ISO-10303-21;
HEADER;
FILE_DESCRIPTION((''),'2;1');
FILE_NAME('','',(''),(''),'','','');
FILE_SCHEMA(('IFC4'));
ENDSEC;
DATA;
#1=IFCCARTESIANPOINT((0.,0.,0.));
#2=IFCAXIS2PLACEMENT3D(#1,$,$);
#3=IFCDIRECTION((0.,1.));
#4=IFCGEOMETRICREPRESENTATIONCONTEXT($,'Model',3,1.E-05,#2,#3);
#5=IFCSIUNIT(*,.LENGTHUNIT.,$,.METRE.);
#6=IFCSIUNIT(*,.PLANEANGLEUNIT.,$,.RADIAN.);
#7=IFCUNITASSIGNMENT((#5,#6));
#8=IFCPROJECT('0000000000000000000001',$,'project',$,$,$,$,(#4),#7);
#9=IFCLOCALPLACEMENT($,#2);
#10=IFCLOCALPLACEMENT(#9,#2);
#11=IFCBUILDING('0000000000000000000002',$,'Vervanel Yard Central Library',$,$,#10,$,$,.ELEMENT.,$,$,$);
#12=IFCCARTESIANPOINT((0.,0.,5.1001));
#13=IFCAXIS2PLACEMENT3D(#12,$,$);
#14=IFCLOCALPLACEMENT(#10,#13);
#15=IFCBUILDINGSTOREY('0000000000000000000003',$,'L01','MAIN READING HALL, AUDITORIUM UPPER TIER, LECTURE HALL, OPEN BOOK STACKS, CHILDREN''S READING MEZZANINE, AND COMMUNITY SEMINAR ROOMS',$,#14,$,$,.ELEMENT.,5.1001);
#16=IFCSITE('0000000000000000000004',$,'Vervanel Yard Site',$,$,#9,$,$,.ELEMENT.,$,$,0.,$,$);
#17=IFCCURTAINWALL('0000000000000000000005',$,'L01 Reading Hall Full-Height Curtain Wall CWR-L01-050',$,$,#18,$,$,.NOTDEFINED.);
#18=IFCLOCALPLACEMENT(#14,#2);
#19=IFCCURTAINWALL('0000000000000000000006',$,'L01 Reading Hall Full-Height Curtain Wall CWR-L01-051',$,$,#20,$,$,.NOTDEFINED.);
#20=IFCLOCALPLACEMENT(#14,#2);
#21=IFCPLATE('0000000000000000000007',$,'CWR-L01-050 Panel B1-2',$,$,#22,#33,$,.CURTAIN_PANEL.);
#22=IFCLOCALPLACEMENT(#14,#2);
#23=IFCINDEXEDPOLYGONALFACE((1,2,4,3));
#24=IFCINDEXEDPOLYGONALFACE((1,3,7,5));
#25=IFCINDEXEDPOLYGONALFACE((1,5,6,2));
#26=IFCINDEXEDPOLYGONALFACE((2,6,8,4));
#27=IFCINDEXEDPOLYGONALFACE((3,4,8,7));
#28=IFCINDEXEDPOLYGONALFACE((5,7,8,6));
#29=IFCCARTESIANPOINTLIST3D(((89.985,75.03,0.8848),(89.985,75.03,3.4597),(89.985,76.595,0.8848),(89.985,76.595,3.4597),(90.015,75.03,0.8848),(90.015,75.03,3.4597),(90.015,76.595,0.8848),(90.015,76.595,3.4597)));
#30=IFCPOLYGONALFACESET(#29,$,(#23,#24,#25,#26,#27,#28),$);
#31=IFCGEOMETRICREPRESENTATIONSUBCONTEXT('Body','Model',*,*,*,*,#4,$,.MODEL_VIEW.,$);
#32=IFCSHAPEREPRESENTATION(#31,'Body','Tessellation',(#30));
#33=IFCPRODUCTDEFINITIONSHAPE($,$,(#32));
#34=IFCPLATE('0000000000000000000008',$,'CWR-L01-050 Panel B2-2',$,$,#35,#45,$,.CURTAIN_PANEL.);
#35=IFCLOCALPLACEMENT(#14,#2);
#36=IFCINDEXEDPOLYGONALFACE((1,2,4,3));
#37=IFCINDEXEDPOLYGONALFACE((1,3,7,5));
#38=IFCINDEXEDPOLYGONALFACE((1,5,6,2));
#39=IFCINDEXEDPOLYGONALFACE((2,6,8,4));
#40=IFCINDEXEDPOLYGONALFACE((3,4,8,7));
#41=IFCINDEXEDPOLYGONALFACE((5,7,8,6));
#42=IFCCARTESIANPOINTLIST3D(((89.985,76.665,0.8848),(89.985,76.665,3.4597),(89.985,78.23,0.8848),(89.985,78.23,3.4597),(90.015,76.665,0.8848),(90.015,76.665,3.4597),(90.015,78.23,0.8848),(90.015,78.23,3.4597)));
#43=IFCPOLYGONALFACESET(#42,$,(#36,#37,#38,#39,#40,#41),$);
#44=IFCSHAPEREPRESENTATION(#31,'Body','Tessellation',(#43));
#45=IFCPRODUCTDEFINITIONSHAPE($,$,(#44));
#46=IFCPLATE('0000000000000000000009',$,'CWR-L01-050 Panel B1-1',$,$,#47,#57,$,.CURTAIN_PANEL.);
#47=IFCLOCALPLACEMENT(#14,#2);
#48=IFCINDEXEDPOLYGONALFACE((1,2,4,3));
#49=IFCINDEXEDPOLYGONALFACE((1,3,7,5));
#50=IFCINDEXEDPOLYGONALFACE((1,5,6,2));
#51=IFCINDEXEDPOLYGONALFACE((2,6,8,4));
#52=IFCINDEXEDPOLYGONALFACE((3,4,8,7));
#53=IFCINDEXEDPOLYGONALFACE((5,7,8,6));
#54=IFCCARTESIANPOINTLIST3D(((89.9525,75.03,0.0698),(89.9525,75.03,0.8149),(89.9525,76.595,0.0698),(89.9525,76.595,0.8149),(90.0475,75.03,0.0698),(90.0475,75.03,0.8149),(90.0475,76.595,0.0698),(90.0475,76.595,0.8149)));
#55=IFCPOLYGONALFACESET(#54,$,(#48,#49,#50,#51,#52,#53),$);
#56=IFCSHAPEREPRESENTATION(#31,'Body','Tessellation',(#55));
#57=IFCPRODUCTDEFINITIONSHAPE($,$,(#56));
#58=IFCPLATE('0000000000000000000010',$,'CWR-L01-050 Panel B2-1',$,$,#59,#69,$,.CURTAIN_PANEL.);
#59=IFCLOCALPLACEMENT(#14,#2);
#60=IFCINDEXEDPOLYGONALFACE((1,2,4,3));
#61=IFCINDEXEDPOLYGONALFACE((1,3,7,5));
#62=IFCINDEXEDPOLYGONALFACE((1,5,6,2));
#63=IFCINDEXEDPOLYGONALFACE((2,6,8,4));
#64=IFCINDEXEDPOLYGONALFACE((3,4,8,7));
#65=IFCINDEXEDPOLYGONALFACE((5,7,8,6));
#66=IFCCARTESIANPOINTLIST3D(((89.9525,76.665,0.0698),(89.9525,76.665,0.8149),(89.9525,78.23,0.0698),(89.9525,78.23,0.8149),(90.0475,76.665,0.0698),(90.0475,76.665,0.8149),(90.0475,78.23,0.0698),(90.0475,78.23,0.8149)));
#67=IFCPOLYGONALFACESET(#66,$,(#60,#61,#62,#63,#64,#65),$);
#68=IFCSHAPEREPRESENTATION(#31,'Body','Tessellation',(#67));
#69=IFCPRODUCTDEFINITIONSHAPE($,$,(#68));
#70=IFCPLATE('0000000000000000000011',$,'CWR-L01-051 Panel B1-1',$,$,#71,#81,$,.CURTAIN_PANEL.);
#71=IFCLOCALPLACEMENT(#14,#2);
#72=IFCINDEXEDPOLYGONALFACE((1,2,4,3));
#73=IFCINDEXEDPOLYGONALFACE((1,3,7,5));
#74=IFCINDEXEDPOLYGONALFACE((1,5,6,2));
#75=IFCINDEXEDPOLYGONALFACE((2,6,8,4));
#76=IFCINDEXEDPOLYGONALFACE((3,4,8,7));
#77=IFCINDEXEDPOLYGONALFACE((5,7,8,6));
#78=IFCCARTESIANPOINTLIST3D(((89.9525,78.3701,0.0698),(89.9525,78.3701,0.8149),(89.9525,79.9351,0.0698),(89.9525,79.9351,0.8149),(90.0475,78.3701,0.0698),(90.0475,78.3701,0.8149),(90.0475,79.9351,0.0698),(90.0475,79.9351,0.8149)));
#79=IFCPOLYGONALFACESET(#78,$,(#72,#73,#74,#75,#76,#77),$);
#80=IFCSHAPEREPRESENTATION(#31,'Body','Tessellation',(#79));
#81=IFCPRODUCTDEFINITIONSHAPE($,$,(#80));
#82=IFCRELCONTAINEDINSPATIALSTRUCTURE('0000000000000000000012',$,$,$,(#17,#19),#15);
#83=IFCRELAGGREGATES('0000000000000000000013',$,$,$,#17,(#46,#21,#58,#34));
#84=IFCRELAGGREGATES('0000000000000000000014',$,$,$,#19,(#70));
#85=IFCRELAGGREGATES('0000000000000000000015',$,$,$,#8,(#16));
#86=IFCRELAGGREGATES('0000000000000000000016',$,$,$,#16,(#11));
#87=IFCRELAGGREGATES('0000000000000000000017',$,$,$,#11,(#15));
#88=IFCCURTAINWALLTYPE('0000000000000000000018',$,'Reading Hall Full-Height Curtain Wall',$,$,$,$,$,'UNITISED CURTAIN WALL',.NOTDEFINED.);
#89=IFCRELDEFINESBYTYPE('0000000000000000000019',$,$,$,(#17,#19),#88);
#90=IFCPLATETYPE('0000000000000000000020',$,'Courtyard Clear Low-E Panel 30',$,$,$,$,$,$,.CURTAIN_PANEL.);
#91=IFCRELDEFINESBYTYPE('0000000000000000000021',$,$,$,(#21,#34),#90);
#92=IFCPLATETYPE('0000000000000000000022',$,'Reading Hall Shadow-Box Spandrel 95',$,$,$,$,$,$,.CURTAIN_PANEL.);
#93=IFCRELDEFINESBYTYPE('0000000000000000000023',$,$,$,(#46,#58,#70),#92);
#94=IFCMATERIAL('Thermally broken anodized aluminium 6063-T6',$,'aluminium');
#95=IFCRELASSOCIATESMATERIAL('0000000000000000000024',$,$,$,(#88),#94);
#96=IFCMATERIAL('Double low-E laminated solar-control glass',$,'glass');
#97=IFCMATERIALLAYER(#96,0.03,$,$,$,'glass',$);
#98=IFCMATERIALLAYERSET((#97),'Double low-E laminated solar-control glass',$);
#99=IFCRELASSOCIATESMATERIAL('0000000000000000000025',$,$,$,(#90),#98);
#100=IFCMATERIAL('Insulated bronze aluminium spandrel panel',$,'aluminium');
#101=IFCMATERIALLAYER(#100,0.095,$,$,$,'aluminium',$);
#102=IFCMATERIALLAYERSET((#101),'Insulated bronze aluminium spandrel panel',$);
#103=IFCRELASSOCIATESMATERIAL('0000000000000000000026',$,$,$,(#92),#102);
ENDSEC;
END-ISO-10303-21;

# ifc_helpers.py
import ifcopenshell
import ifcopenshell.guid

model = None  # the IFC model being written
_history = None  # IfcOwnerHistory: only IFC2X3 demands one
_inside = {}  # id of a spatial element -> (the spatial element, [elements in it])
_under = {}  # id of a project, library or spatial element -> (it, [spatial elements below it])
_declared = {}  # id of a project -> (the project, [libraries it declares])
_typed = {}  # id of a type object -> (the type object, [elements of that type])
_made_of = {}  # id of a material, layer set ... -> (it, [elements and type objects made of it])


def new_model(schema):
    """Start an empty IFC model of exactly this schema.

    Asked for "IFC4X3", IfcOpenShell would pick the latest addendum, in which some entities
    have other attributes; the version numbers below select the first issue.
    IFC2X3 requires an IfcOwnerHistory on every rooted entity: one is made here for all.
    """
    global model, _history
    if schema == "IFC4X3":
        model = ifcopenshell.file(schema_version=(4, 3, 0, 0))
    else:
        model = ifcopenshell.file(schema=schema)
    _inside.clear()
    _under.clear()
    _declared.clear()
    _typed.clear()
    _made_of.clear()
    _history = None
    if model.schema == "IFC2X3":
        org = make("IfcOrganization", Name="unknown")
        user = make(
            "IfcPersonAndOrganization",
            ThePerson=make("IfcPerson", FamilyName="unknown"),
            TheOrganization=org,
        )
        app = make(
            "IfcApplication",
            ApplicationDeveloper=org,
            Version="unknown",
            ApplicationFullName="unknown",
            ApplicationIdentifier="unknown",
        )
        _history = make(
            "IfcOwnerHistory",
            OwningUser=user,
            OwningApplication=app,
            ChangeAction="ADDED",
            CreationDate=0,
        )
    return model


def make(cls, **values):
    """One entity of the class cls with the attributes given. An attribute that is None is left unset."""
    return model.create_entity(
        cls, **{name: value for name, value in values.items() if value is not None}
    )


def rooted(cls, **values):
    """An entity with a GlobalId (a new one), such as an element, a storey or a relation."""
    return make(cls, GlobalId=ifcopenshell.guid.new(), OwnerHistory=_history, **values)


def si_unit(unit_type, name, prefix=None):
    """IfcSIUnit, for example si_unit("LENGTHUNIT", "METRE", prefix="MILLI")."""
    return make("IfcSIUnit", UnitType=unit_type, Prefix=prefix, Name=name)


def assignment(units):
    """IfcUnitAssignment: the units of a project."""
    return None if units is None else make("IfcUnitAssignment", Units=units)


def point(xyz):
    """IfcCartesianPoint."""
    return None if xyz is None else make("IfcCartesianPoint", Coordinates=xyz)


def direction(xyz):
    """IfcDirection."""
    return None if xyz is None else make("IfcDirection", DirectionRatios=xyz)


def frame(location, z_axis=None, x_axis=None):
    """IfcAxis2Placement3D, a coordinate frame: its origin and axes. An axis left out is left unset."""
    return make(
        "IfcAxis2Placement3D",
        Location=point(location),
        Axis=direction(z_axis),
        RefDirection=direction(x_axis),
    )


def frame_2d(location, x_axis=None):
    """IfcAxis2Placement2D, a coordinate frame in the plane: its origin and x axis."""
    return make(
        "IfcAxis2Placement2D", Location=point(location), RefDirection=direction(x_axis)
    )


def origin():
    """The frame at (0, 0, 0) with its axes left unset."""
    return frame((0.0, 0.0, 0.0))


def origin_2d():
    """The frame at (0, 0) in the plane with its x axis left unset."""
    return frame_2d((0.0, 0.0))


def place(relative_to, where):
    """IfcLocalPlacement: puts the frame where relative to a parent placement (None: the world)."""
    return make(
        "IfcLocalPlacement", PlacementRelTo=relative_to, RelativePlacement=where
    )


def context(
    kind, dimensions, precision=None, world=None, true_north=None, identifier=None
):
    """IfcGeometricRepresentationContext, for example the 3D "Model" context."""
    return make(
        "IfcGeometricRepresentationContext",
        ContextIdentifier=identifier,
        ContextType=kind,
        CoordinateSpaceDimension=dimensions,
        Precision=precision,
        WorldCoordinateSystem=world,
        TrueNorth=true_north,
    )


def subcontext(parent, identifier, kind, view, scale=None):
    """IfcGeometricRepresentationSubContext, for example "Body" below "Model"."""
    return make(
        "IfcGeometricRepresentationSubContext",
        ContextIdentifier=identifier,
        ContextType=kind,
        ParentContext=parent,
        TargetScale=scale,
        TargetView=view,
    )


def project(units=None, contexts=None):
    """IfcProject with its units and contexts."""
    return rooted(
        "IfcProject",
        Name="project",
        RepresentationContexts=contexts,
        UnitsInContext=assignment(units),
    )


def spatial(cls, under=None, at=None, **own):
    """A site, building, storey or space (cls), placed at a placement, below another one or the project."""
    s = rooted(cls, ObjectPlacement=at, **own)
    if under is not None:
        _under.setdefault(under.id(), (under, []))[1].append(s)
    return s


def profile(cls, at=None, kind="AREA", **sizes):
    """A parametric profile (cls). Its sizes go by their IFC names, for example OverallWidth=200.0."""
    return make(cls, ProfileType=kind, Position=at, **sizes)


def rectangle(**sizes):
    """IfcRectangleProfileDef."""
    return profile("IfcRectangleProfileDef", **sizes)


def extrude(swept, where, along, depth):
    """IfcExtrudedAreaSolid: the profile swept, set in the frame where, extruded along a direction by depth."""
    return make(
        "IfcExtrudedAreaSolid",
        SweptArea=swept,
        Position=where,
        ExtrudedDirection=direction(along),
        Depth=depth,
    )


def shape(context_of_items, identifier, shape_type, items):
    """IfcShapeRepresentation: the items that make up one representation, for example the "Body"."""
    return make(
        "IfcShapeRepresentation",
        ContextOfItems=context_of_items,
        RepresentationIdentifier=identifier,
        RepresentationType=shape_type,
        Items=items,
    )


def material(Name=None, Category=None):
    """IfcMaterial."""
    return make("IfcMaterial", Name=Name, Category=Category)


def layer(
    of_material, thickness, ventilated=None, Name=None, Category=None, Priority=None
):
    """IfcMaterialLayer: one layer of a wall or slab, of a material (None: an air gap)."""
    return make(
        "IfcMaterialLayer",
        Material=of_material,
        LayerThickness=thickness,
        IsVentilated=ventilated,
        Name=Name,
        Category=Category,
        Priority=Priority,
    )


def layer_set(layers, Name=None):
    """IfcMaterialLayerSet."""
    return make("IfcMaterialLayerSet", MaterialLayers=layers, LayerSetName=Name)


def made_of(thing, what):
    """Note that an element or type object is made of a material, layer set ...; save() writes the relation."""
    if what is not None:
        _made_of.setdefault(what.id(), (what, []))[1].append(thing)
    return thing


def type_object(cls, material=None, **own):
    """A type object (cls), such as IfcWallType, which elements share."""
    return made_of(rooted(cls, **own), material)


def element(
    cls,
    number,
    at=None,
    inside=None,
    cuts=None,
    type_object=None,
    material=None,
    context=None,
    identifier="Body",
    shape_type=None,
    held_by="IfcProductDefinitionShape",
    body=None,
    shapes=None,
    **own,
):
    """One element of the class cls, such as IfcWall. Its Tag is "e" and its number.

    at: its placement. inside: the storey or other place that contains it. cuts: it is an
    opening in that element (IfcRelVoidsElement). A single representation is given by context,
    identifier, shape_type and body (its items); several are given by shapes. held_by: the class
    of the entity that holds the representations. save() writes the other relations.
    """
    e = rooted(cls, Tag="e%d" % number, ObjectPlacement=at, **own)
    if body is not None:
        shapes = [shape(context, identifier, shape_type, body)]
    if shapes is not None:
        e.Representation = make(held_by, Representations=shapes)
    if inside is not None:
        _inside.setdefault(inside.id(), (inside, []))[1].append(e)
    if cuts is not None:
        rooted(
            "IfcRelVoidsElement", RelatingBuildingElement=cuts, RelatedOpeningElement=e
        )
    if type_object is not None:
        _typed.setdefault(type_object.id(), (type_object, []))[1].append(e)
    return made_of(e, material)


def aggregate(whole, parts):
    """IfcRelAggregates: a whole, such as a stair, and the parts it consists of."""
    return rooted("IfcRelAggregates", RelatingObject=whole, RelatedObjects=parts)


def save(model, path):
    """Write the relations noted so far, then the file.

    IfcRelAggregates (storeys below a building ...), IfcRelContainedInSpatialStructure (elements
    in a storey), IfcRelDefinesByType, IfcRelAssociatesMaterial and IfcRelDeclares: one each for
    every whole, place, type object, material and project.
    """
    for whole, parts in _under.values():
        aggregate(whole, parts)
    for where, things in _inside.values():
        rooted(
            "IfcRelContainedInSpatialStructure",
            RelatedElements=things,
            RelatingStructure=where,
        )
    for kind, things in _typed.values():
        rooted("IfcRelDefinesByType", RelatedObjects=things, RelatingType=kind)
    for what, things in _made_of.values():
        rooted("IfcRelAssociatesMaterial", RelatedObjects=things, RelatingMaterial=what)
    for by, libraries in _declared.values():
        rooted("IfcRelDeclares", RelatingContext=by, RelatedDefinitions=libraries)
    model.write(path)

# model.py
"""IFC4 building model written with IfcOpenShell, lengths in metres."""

from ifc_helpers import new_model, si_unit, direction, frame, origin, origin_2d, place, context, subcontext, project, spatial, rectangle, extrude, material, layer, layer_set, type_object, element, aggregate, save


model = new_model("IFC4")

# Units and contexts
model_context = context("Model", 3, precision=1e-05, world=origin(), true_north=direction((0.0, 1.0)))
body_context = subcontext(model_context, "Body", "Model", "MODEL_VIEW")
ifc_project = project(units=[si_unit("LENGTHUNIT", "METRE"), si_unit("PLANEANGLEUNIT", "RADIAN")], contexts=[model_context])

# Site, building, storey
site_placement = place(None, origin())
site = spatial("IfcSite", under=ifc_project, at=site_placement, Name="Vervanel Yard Site", CompositionType="ELEMENT", RefElevation=0.0)
building_placement = place(site_placement, origin())
building = spatial("IfcBuilding", under=site, at=building_placement, Name="Vervanel Yard Central Library", CompositionType="ELEMENT")
storey_placement = place(building_placement, frame((0.0, 0.0, 5.1001)))
storey = spatial("IfcBuildingStorey", under=building, at=storey_placement, Name="L01", Description="MAIN READING HALL, AUDITORIUM UPPER TIER, LECTURE HALL, OPEN BOOK STACKS, CHILDREN'S READING MEZZANINE, AND COMMUNITY SEMINAR ROOMS", CompositionType="ELEMENT", Elevation=5.1001)

# Curtain wall
ifc_material_1 = material(Name="Thermally broken anodized aluminium 6063-T6", Category="aluminium")
curtain_wall_type = type_object("IfcCurtainWallType", Name="Reading Hall Full-Height Curtain Wall", ElementType="UNITISED CURTAIN WALL", PredefinedType="NOTDEFINED", material=ifc_material_1)
curtain_wall_1_placement = place(storey_placement, origin())
curtain_wall_1 = element("IfcCurtainWall", 1, at=curtain_wall_1_placement, inside=storey, type_object=curtain_wall_type, Name="L01 Reading Hall Full-Height Curtain Wall CWR-L01-050", PredefinedType="NOTDEFINED")

# Curtain wall
curtain_wall_2_placement = place(storey_placement, origin())
curtain_wall_2 = element("IfcCurtainWall", 2, at=curtain_wall_2_placement, inside=storey, type_object=curtain_wall_type, Name="L01 Reading Hall Full-Height Curtain Wall CWR-L01-051", PredefinedType="NOTDEFINED")

# Plates
ifc_material_2 = material(Name="Double low-E laminated solar-control glass", Category="glass")
ifc_layer_1 = layer(ifc_material_2, 0.03, Category="glass")
ifc_layer_set_1 = layer_set([ifc_layer_1], Name="Double low-E laminated solar-control glass")
plate_type_1 = type_object("IfcPlateType", Name="Courtyard Clear Low-E Panel 30", PredefinedType="CURTAIN_PANEL", material=ifc_layer_set_1)
plate_1_placement = place(storey_placement, frame((90.0, 75.8125, 0.8848), z_axis=(0.0, 0.0, 1.0), x_axis=(0.0, 1.0, 0.0)))
plate_1 = element("IfcPlate", 3, at=plate_1_placement, type_object=plate_type_1, Name="CWR-L01-050 Panel B1-2", PredefinedType="CURTAIN_PANEL", context=body_context, shape_type="SweptSolid", body=[
    extrude(rectangle(XDim=1.5649, YDim=0.03, at=origin_2d()), origin(), (0.0, 0.0, 1.0), 2.575),
])
plate_2_placement = place(storey_placement, frame((90.0, 77.4475, 0.8848), z_axis=(0.0, 0.0, 1.0), x_axis=(0.0, 1.0, 0.0)))
plate_2 = element("IfcPlate", 4, at=plate_2_placement, type_object=plate_type_1, Name="CWR-L01-050 Panel B2-2", PredefinedType="CURTAIN_PANEL", context=body_context, shape_type="SweptSolid", body=[
    extrude(rectangle(XDim=1.5649, YDim=0.03, at=origin_2d()), origin(), (0.0, 0.0, 1.0), 2.575),
])
ifc_material_3 = material(Name="Insulated bronze aluminium spandrel panel", Category="aluminium")
ifc_layer_2 = layer(ifc_material_3, 0.095, Category="aluminium")
ifc_layer_set_2 = layer_set([ifc_layer_2], Name="Insulated bronze aluminium spandrel panel")
plate_type_2 = type_object("IfcPlateType", Name="Reading Hall Shadow-Box Spandrel 95", PredefinedType="CURTAIN_PANEL", material=ifc_layer_set_2)
plate_3_placement = place(storey_placement, frame((90.0, 75.8125, 0.0698), z_axis=(0.0, 0.0, 1.0), x_axis=(0.0, 1.0, 0.0)))
plate_3 = element("IfcPlate", 5, at=plate_3_placement, type_object=plate_type_2, Name="CWR-L01-050 Panel B1-1", PredefinedType="CURTAIN_PANEL", context=body_context, shape_type="SweptSolid", body=[
    extrude(rectangle(XDim=1.5649, YDim=0.095, at=origin_2d()), origin(), (0.0, 0.0, 1.0), 0.7451),
])
plate_4_placement = place(storey_placement, frame((90.0, 77.4475, 0.0698), z_axis=(0.0, 0.0, 1.0), x_axis=(0.0, 1.0, 0.0)))
plate_4 = element("IfcPlate", 6, at=plate_4_placement, type_object=plate_type_2, Name="CWR-L01-050 Panel B2-1", PredefinedType="CURTAIN_PANEL", context=body_context, shape_type="SweptSolid", body=[
    extrude(rectangle(XDim=1.5649, YDim=0.095, at=origin_2d()), origin(), (0.0, 0.0, 1.0), 0.7451),
])
aggregate(curtain_wall_1, [plate_3, plate_1, plate_4, plate_2])
plate_5_placement = place(storey_placement, frame((90.0, 79.1526, 0.0698), z_axis=(0.0, 0.0, 1.0), x_axis=(0.0, 1.0, 0.0)))
plate_5 = element("IfcPlate", 7, at=plate_5_placement, type_object=plate_type_2, Name="CWR-L01-051 Panel B1-1", PredefinedType="CURTAIN_PANEL", context=body_context, shape_type="SweptSolid", body=[
    extrude(rectangle(XDim=1.5649, YDim=0.095, at=origin_2d()), origin(), (0.0, 0.0, 1.0), 0.7451),
])
aggregate(curtain_wall_2, [plate_5])

save(model, "model.ifc")
